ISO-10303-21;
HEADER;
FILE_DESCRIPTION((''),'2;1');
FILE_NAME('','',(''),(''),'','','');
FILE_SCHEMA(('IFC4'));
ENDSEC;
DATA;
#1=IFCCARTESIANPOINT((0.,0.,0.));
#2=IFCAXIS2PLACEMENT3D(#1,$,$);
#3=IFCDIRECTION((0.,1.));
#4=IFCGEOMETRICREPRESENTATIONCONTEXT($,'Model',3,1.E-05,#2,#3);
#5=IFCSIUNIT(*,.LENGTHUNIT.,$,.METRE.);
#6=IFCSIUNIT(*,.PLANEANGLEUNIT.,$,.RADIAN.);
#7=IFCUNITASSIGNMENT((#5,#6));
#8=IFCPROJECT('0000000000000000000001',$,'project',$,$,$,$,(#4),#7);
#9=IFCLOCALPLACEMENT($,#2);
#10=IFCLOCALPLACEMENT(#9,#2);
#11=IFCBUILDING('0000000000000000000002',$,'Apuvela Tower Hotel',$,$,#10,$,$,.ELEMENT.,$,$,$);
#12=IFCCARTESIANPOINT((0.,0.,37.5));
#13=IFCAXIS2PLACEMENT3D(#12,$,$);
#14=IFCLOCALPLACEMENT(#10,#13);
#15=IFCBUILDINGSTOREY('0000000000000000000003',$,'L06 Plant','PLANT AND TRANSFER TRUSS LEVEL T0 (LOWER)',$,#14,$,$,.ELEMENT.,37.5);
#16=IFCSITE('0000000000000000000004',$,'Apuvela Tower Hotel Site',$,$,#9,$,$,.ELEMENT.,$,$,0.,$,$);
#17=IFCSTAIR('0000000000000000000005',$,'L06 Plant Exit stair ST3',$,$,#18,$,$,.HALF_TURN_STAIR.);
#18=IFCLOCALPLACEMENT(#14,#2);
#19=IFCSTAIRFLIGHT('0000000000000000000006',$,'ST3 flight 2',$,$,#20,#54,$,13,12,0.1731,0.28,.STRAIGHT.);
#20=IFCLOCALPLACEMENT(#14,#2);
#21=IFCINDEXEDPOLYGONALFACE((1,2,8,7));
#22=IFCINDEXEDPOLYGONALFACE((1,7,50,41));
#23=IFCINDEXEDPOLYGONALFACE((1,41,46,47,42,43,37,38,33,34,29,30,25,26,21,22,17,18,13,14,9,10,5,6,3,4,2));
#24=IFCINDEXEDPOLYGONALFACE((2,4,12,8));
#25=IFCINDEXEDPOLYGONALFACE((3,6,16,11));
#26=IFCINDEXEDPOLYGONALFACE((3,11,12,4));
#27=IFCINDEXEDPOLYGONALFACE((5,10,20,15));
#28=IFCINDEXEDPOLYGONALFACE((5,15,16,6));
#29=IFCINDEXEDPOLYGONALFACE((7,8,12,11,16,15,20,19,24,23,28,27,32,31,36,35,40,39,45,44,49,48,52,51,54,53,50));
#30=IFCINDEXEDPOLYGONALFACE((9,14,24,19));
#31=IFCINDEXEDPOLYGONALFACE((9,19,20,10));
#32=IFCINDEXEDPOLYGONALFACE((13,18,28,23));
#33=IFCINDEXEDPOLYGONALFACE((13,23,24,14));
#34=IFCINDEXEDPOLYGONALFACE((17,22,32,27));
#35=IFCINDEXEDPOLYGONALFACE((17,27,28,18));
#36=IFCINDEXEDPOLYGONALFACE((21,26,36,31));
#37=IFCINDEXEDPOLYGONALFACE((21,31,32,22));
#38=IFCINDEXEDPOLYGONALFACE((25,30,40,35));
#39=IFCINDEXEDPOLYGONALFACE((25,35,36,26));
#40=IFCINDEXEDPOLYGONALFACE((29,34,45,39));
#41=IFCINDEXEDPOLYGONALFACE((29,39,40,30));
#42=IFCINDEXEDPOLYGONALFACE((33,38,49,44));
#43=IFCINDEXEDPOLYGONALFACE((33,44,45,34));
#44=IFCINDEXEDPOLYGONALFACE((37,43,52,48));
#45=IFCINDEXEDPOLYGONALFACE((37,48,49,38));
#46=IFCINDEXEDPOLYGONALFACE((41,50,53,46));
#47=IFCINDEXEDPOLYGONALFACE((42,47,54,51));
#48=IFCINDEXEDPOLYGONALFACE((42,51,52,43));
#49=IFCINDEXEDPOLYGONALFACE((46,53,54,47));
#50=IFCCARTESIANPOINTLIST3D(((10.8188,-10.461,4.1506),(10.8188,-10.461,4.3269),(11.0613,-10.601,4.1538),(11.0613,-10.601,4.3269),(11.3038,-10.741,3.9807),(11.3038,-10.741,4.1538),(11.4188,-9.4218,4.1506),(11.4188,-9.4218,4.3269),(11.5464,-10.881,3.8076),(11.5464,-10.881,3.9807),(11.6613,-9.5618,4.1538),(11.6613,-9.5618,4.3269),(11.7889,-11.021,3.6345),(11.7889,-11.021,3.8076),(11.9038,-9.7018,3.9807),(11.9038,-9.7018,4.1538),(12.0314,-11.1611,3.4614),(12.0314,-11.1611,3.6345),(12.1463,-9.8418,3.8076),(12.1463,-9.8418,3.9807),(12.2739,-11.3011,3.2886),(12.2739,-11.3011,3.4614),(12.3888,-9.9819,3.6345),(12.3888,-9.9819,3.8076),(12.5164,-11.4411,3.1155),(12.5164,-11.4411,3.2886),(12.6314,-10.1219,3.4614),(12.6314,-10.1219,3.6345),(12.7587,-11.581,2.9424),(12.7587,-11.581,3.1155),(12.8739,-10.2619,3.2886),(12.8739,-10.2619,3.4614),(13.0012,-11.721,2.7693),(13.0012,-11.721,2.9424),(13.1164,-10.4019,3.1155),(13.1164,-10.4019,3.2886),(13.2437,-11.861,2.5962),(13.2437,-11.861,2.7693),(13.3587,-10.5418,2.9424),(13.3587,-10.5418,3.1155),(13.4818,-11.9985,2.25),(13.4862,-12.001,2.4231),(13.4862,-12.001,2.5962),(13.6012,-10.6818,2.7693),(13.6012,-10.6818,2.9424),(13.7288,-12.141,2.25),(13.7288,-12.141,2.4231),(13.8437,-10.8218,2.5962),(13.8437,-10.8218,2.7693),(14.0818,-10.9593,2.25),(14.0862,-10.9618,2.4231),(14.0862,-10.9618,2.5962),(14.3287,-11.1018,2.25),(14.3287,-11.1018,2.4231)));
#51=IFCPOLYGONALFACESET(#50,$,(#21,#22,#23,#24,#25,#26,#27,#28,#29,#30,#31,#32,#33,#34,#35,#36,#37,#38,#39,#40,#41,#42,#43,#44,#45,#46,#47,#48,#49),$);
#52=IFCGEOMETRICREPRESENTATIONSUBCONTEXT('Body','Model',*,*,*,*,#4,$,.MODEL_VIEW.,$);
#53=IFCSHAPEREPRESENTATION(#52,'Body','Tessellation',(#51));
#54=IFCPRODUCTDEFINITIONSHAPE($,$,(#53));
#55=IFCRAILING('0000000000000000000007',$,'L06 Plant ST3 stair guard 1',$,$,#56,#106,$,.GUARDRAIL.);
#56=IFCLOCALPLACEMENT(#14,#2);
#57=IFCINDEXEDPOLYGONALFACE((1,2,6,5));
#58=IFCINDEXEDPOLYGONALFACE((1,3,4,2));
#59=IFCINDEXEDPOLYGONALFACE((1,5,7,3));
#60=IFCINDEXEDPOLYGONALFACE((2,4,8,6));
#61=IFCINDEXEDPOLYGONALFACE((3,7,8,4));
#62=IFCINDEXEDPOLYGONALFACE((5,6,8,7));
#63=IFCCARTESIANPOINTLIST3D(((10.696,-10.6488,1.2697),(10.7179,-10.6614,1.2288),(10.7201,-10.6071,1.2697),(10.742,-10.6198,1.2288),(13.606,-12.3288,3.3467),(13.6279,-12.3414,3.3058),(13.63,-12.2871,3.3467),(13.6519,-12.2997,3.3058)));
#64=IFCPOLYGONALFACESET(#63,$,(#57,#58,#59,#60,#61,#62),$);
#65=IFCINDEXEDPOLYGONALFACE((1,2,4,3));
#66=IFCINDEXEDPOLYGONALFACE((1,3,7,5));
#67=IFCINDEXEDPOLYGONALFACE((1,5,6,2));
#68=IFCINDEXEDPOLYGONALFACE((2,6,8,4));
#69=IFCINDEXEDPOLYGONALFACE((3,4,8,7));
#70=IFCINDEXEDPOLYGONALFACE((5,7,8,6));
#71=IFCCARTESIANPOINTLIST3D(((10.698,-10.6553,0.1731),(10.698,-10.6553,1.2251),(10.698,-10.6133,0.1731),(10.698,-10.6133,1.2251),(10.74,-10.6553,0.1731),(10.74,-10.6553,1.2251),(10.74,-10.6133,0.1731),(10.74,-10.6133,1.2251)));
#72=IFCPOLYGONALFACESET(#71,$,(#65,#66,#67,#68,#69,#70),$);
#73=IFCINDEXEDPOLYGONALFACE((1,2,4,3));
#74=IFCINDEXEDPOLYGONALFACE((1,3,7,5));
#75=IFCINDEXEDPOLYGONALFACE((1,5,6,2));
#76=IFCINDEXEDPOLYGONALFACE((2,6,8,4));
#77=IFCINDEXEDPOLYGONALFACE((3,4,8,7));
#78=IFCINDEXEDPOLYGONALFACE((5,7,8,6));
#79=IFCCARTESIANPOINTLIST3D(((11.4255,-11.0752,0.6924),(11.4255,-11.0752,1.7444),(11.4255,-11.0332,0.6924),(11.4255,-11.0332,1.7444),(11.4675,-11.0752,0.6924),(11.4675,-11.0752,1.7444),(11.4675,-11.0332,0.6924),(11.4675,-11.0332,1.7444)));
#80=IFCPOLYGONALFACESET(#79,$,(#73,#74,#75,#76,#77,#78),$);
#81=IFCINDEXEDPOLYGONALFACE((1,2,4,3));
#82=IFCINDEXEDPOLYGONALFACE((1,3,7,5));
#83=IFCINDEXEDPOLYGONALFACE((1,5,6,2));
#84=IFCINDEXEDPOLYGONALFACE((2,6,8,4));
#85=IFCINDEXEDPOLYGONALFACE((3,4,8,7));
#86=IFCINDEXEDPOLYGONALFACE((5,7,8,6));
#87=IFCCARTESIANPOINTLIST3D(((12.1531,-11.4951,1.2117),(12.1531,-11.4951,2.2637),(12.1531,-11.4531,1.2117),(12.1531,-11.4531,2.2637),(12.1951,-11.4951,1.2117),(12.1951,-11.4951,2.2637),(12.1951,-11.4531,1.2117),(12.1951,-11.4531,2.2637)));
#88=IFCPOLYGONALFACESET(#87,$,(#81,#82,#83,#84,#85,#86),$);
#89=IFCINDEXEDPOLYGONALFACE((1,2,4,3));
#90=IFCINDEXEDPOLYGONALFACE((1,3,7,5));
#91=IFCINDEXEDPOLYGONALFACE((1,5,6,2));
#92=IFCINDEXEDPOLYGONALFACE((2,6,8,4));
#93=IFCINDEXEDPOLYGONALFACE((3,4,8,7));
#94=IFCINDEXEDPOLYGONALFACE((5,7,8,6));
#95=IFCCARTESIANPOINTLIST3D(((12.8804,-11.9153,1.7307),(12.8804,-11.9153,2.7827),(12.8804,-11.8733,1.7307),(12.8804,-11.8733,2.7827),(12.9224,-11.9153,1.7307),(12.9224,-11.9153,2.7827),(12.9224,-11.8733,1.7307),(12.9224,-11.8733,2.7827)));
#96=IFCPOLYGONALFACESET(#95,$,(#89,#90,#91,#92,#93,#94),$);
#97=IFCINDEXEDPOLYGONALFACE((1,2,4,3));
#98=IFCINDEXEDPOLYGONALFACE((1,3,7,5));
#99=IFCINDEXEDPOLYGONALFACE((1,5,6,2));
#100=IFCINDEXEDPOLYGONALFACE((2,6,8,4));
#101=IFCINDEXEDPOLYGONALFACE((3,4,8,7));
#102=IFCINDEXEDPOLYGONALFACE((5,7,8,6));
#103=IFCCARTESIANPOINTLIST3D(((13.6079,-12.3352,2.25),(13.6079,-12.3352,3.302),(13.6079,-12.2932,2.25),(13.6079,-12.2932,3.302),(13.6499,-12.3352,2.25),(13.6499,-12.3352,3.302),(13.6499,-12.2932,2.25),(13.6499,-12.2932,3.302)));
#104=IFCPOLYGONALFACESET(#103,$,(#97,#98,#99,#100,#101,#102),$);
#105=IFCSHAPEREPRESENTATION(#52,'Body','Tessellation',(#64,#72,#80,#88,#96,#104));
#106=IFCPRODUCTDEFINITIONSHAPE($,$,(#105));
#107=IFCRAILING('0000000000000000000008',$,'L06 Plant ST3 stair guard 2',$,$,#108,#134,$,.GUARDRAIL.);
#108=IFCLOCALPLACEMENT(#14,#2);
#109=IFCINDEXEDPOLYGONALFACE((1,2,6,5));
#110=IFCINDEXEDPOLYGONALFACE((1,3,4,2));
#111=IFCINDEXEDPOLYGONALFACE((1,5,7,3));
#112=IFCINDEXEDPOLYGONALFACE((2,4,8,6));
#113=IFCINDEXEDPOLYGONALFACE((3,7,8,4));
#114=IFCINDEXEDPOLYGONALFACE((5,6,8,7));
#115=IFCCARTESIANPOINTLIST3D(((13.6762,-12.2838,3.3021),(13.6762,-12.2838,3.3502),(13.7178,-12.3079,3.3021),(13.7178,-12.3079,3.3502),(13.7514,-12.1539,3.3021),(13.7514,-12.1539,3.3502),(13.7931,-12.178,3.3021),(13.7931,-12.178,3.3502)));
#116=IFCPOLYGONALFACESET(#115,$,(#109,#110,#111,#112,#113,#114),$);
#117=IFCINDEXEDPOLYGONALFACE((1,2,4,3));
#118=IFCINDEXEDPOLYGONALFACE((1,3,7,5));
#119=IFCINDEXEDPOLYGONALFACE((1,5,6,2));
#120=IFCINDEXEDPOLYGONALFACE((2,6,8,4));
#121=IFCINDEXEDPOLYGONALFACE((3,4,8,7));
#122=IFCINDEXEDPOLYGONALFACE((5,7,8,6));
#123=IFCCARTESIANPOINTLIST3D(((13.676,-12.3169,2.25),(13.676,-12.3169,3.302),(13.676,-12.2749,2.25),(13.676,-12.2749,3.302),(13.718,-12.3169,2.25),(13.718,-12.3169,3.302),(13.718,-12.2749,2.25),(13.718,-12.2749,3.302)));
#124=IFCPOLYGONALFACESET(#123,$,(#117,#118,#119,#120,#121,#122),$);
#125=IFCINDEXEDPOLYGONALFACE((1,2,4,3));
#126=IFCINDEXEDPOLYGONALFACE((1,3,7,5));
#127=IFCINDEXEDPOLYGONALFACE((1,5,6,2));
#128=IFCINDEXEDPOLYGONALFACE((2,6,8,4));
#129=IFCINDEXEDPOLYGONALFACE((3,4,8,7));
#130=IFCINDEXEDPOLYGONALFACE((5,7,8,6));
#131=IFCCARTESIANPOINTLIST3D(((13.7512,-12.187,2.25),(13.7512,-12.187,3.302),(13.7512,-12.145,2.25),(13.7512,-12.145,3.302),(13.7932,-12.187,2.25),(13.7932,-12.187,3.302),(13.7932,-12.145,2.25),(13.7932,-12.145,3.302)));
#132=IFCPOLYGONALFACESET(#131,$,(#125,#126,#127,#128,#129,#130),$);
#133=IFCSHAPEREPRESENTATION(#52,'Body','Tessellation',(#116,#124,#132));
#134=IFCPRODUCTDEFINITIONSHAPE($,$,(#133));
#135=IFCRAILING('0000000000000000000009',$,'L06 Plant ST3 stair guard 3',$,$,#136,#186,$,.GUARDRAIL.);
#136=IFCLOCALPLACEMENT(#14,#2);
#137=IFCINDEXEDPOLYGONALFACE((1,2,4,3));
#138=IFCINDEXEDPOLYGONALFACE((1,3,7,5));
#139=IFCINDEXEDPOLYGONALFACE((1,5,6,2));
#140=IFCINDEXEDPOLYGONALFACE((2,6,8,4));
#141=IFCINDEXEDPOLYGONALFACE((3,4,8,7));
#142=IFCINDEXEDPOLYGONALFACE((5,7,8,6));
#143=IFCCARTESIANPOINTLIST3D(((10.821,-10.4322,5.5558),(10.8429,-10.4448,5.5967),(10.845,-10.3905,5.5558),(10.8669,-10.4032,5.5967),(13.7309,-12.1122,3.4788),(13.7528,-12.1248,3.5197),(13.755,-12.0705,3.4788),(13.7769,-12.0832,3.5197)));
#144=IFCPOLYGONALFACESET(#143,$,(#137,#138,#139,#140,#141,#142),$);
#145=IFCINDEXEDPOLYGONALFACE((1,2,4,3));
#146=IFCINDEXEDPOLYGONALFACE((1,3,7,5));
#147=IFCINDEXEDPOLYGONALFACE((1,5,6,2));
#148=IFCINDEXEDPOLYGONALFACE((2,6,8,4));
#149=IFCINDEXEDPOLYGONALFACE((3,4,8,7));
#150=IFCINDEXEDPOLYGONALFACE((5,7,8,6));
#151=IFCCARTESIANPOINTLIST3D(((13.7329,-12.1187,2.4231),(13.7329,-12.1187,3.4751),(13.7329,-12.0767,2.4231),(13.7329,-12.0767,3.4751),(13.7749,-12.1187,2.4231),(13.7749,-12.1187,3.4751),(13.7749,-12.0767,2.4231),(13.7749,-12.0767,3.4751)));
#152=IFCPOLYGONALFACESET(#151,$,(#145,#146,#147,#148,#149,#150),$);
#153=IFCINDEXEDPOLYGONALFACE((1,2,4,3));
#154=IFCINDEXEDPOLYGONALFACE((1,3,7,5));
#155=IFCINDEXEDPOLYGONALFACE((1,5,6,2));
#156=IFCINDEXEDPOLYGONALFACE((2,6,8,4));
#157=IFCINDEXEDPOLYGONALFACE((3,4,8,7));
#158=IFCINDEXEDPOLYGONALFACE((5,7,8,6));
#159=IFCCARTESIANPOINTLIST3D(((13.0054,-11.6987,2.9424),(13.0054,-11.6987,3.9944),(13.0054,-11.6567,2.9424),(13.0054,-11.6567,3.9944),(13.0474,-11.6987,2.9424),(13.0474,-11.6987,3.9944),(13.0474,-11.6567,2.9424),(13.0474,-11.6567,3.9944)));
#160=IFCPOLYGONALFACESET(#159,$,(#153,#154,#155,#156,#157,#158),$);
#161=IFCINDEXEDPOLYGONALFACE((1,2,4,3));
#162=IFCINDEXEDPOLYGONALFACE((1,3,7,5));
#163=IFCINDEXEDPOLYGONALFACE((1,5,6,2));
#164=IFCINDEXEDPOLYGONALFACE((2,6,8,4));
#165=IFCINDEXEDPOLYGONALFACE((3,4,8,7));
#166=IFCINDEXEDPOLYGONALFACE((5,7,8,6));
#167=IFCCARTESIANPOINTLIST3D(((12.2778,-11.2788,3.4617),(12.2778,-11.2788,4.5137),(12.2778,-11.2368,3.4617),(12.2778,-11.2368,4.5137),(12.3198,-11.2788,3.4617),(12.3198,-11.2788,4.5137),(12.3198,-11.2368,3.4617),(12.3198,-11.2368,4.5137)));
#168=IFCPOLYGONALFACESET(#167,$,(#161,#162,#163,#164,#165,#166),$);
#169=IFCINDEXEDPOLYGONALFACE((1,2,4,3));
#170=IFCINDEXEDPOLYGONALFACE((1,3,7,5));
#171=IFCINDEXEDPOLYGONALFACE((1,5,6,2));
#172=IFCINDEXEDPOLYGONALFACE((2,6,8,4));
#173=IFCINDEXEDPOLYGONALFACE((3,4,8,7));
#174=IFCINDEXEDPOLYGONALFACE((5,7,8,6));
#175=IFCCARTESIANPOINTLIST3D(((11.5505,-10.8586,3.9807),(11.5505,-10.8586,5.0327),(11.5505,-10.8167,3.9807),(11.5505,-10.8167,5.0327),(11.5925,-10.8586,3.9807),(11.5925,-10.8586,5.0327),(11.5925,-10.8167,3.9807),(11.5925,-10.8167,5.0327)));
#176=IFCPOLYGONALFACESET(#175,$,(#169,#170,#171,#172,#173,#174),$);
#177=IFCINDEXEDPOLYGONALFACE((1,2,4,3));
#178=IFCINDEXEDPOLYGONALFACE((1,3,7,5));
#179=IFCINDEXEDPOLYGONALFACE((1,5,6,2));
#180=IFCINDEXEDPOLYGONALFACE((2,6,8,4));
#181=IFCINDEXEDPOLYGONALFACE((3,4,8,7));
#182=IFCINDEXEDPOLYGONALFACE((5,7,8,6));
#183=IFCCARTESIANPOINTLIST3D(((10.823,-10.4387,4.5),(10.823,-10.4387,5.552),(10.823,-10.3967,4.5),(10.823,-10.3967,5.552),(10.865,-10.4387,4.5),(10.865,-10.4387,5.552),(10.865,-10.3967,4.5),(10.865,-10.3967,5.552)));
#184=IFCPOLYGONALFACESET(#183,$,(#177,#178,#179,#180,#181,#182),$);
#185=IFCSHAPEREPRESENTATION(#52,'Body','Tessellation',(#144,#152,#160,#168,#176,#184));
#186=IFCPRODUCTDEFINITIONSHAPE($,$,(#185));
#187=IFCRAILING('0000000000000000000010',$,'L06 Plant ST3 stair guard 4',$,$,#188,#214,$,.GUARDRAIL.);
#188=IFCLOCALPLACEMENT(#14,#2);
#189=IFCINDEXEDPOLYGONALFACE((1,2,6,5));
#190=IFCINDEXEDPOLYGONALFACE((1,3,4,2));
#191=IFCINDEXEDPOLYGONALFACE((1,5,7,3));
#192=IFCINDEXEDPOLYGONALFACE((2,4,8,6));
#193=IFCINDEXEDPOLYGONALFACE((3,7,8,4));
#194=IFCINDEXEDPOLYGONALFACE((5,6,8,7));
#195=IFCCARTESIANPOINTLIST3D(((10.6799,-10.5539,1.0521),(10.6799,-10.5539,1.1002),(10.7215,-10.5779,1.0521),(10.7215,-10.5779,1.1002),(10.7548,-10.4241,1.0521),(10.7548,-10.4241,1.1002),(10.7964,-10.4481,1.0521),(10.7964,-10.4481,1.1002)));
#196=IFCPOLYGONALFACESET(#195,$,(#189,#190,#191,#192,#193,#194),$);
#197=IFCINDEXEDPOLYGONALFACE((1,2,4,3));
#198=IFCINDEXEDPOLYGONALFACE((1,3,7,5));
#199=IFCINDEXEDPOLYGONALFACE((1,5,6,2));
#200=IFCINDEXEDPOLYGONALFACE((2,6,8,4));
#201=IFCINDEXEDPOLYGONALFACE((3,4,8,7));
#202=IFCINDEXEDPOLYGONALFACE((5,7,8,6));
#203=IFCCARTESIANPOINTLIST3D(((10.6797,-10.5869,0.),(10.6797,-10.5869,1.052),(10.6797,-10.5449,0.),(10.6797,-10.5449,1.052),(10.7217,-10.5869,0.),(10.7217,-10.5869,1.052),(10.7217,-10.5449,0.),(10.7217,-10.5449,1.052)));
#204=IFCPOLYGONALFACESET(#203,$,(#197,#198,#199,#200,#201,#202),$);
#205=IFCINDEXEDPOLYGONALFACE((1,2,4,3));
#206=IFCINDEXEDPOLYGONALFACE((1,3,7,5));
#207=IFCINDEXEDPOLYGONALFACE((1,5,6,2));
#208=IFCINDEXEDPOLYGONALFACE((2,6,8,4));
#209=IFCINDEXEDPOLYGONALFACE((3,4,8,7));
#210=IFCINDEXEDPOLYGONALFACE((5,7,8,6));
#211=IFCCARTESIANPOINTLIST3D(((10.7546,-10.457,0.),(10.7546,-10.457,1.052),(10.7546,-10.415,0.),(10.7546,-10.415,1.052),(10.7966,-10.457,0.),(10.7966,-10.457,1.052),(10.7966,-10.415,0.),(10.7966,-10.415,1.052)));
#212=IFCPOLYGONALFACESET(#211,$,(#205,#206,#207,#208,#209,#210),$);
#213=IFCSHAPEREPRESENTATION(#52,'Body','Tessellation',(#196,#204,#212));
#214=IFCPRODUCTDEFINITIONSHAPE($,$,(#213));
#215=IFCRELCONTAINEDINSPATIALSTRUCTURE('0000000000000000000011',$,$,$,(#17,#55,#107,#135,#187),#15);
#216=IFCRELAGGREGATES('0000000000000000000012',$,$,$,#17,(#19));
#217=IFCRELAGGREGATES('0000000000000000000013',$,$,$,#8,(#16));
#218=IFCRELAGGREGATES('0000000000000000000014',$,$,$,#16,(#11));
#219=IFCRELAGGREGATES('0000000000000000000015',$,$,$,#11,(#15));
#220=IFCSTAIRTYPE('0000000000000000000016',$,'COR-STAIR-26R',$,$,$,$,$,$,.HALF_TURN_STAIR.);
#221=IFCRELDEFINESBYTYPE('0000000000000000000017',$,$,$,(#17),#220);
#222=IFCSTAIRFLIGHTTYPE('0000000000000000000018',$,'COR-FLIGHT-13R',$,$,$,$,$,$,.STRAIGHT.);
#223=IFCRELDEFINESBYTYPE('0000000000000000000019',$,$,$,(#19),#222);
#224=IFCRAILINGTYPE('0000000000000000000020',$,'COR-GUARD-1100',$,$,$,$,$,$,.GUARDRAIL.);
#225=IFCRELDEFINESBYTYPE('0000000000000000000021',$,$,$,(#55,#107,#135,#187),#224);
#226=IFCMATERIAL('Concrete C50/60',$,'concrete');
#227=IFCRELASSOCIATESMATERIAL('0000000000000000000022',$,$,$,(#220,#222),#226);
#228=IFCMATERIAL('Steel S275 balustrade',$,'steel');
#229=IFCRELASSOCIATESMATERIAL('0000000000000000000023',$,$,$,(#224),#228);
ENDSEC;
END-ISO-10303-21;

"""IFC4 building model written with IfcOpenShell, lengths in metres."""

from ifc_helpers import new_model, si_unit, direction, frame, origin, origin_2d, place, context, subcontext, project, spatial, polyline, rectangle, outline, extrude, material, type_object, element, aggregate, save


model = new_model("IFC4")

# Units and contexts
model_context = context("Model", 3, precision=1e-05, world=origin(), true_north=direction((0.0, 1.0)))
body_context = subcontext(model_context, "Body", "Model", "MODEL_VIEW")
ifc_project = project(units=[si_unit("LENGTHUNIT", "METRE"), si_unit("PLANEANGLEUNIT", "RADIAN")], contexts=[model_context])

# Site, building, storey
site_placement = place(None, origin())
site = spatial("IfcSite", under=ifc_project, at=site_placement, Name="Apuvela Tower Hotel Site", CompositionType="ELEMENT", RefElevation=0.0)
building_placement = place(site_placement, origin())
building = spatial("IfcBuilding", under=site, at=building_placement, Name="Apuvela Tower Hotel", CompositionType="ELEMENT")
storey_placement = place(building_placement, frame((0.0, 0.0, 37.5)))
storey = spatial("IfcBuildingStorey", under=building, at=storey_placement, Name="L06 Plant", Description="PLANT AND TRANSFER TRUSS LEVEL T0 (LOWER)", CompositionType="ELEMENT", Elevation=37.5)

# Shared definitions
ifc_material_1 = material(Name="Concrete C50/60", Category="concrete")

# Stair, stair flight
stair_type = type_object("IfcStairType", Name="COR-STAIR-26R", PredefinedType="HALF_TURN_STAIR", material=ifc_material_1)
stair_placement = place(storey_placement, origin())
stair = element("IfcStair", 1, at=stair_placement, inside=storey, type_object=stair_type, Name="L06 Plant Exit stair ST3", PredefinedType="HALF_TURN_STAIR")
stair_flight_type = type_object("IfcStairFlightType", Name="COR-FLIGHT-13R", PredefinedType="STRAIGHT", material=ifc_material_1)
stair_flight_1_placement = place(storey_placement, frame((14.0288, -11.6213, 2.25), z_axis=(0.0, 0.0, 1.0), x_axis=(-0.866025, 0.5, 0.0)))
stair_flight_1 = element("IfcStairFlight", 2, at=stair_flight_1_placement, type_object=stair_flight_type, Name="ST3 flight 2", NumberOfRisers=13, NumberOfTreads=12, PredefinedType="STRAIGHT", RiserHeight=0.1731, TreadLength=0.28, context=body_context, shape_type="SweptSolid", body=[
    extrude(outline(polyline([(0.0, 0.0), (0.0, 0.1731), (0.28, 0.1731), (0.28, 0.3462), (0.5601, 0.3462), (0.5601, 0.5193), (0.8401, 0.5193), (0.8401, 0.6924), (1.1201, 0.6924), (1.1201, 0.8655), (1.3999, 0.8655), (1.3999, 1.0386), (1.6799, 1.0386), (1.6799, 1.2114), (1.96, 1.2114), (1.96, 1.3845), (2.24, 1.3845), (2.24, 1.5576), (2.52, 1.5576), (2.52, 1.7307), (2.8, 1.7307), (2.8, 1.9038), (3.0801, 1.9038), (3.0801, 2.0769), (3.3601, 2.0769), (3.3601, 2.25), (3.3601, 1.9006), (0.2852, 0.0), (0.0, 0.0)])), frame((0.0, 0.6001, 0.0), z_axis=(0.0, -1.0, 0.0), x_axis=(1.0, 0.0, 0.0)), (0.0, 0.0, 1.0), 1.2),
])
aggregate(stair, [stair_flight_1])

# Railings
ifc_material_2 = material(Name="Steel S275 balustrade", Category="steel")
railing_type_1 = type_object("IfcRailingType", Name="COR-GUARD-1100", PredefinedType="GUARDRAIL", material=ifc_material_2)
railing_1_placement = place(storey_placement, frame((10.719, -10.6343, 0.1731)))
element("IfcRailing", 3, at=railing_1_placement, inside=storey, type_object=railing_type_1, Name="L06 Plant ST3 stair guard 1", PredefinedType="GUARDRAIL", context=body_context, shape_type="SweptSolid", body=[
    extrude(rectangle(XDim=0.0481, YDim=0.0481, at=origin_2d()), frame((0.0, 0.0, 1.0762), z_axis=(0.736668, -0.425288, 0.525785), x_axis=(0.499976, 0.866039, 0.0)), (0.0, 0.0, 1.0), 3.9502),
    extrude(rectangle(XDim=0.042, YDim=0.042, at=origin_2d()), origin(), (0.0, 0.0, 1.0), 1.052),
    extrude(rectangle(XDim=0.042, YDim=0.042, at=origin_2d()), frame((0.7275, -0.4199, 0.5193)), (0.0, 0.0, 1.0), 1.052),
    extrude(rectangle(XDim=0.042, YDim=0.042, at=origin_2d()), frame((1.4551, -0.8398, 1.0386)), (0.0, 0.0, 1.0), 1.052),
    extrude(rectangle(XDim=0.042, YDim=0.042, at=origin_2d()), frame((2.1824, -1.26, 1.5576)), (0.0, 0.0, 1.0), 1.052),
    extrude(rectangle(XDim=0.042, YDim=0.042, at=origin_2d()), frame((2.9099, -1.6799, 2.0769)), (0.0, 0.0, 1.0), 1.052),
])
railing_2_placement = place(storey_placement, frame((13.697, -12.2959, 2.25)))
element("IfcRailing", 4, at=railing_2_placement, inside=storey, type_object=railing_type_1, Name="L06 Plant ST3 stair guard 2", PredefinedType="GUARDRAIL", context=body_context, shape_type="SweptSolid", body=[
    extrude(rectangle(XDim=0.0481, YDim=0.0481, at=origin_2d()), frame((0.0, 0.0, 1.0762), z_axis=(0.501036, 0.865426, 0.0), x_axis=(-0.865426, 0.501036, 0.0)), (0.0, 0.0, 1.0), 0.1501),
    extrude(rectangle(XDim=0.042, YDim=0.042, at=origin_2d()), origin(), (0.0, 0.0, 1.0), 1.052),
    extrude(rectangle(XDim=0.042, YDim=0.042, at=origin_2d()), frame((0.0752, 0.1299, 0.0)), (0.0, 0.0, 1.0), 1.052),
])
railing_3_placement = place(storey_placement, frame((13.7539, -12.0977, 2.4231)))
element("IfcRailing", 5, at=railing_3_placement, inside=storey, type_object=railing_type_1, Name="L06 Plant ST3 stair guard 3", PredefinedType="GUARDRAIL", context=body_context, shape_type="SweptSolid", body=[
    extrude(rectangle(XDim=0.0481, YDim=0.0481, at=origin_2d()), frame((0.0, 0.0, 1.0762), z_axis=(-0.736668, 0.425288, 0.525785), x_axis=(-0.499976, -0.866039, 0.0)), (0.0, 0.0, 1.0), 3.9502),
    extrude(rectangle(XDim=0.042, YDim=0.042, at=origin_2d()), origin(), (0.0, 0.0, 1.0), 1.052),
    extrude(rectangle(XDim=0.042, YDim=0.042, at=origin_2d()), frame((-0.7275, 0.4199, 0.5193)), (0.0, 0.0, 1.0), 1.052),
    extrude(rectangle(XDim=0.042, YDim=0.042, at=origin_2d()), frame((-1.4551, 0.8398, 1.0386)), (0.0, 0.0, 1.0), 1.052),
    extrude(rectangle(XDim=0.042, YDim=0.042, at=origin_2d()), frame((-2.1824, 1.26, 1.5576)), (0.0, 0.0, 1.0), 1.052),
    extrude(rectangle(XDim=0.042, YDim=0.042, at=origin_2d()), frame((-2.9099, 1.6799, 2.0769)), (0.0, 0.0, 1.0), 1.052),
])
railing_4_placement = place(storey_placement, frame((10.7007, -10.5659, 0.0)))
element("IfcRailing", 6, at=railing_4_placement, inside=storey, type_object=railing_type_1, Name="L06 Plant ST3 stair guard 4", PredefinedType="GUARDRAIL", context=body_context, shape_type="SweptSolid", body=[
    extrude(rectangle(XDim=0.0481, YDim=0.0481, at=origin_2d()), frame((0.0, 0.0, 1.0762), z_axis=(0.499816, 0.866131, 0.0), x_axis=(-0.866131, 0.499816, 0.0)), (0.0, 0.0, 1.0), 0.1499),
    extrude(rectangle(XDim=0.042, YDim=0.042, at=origin_2d()), origin(), (0.0, 0.0, 1.0), 1.052),
    extrude(rectangle(XDim=0.042, YDim=0.042, at=origin_2d()), frame((0.075, 0.1299, 0.0)), (0.0, 0.0, 1.0), 1.052),
])

save(model, "model.ifc")
